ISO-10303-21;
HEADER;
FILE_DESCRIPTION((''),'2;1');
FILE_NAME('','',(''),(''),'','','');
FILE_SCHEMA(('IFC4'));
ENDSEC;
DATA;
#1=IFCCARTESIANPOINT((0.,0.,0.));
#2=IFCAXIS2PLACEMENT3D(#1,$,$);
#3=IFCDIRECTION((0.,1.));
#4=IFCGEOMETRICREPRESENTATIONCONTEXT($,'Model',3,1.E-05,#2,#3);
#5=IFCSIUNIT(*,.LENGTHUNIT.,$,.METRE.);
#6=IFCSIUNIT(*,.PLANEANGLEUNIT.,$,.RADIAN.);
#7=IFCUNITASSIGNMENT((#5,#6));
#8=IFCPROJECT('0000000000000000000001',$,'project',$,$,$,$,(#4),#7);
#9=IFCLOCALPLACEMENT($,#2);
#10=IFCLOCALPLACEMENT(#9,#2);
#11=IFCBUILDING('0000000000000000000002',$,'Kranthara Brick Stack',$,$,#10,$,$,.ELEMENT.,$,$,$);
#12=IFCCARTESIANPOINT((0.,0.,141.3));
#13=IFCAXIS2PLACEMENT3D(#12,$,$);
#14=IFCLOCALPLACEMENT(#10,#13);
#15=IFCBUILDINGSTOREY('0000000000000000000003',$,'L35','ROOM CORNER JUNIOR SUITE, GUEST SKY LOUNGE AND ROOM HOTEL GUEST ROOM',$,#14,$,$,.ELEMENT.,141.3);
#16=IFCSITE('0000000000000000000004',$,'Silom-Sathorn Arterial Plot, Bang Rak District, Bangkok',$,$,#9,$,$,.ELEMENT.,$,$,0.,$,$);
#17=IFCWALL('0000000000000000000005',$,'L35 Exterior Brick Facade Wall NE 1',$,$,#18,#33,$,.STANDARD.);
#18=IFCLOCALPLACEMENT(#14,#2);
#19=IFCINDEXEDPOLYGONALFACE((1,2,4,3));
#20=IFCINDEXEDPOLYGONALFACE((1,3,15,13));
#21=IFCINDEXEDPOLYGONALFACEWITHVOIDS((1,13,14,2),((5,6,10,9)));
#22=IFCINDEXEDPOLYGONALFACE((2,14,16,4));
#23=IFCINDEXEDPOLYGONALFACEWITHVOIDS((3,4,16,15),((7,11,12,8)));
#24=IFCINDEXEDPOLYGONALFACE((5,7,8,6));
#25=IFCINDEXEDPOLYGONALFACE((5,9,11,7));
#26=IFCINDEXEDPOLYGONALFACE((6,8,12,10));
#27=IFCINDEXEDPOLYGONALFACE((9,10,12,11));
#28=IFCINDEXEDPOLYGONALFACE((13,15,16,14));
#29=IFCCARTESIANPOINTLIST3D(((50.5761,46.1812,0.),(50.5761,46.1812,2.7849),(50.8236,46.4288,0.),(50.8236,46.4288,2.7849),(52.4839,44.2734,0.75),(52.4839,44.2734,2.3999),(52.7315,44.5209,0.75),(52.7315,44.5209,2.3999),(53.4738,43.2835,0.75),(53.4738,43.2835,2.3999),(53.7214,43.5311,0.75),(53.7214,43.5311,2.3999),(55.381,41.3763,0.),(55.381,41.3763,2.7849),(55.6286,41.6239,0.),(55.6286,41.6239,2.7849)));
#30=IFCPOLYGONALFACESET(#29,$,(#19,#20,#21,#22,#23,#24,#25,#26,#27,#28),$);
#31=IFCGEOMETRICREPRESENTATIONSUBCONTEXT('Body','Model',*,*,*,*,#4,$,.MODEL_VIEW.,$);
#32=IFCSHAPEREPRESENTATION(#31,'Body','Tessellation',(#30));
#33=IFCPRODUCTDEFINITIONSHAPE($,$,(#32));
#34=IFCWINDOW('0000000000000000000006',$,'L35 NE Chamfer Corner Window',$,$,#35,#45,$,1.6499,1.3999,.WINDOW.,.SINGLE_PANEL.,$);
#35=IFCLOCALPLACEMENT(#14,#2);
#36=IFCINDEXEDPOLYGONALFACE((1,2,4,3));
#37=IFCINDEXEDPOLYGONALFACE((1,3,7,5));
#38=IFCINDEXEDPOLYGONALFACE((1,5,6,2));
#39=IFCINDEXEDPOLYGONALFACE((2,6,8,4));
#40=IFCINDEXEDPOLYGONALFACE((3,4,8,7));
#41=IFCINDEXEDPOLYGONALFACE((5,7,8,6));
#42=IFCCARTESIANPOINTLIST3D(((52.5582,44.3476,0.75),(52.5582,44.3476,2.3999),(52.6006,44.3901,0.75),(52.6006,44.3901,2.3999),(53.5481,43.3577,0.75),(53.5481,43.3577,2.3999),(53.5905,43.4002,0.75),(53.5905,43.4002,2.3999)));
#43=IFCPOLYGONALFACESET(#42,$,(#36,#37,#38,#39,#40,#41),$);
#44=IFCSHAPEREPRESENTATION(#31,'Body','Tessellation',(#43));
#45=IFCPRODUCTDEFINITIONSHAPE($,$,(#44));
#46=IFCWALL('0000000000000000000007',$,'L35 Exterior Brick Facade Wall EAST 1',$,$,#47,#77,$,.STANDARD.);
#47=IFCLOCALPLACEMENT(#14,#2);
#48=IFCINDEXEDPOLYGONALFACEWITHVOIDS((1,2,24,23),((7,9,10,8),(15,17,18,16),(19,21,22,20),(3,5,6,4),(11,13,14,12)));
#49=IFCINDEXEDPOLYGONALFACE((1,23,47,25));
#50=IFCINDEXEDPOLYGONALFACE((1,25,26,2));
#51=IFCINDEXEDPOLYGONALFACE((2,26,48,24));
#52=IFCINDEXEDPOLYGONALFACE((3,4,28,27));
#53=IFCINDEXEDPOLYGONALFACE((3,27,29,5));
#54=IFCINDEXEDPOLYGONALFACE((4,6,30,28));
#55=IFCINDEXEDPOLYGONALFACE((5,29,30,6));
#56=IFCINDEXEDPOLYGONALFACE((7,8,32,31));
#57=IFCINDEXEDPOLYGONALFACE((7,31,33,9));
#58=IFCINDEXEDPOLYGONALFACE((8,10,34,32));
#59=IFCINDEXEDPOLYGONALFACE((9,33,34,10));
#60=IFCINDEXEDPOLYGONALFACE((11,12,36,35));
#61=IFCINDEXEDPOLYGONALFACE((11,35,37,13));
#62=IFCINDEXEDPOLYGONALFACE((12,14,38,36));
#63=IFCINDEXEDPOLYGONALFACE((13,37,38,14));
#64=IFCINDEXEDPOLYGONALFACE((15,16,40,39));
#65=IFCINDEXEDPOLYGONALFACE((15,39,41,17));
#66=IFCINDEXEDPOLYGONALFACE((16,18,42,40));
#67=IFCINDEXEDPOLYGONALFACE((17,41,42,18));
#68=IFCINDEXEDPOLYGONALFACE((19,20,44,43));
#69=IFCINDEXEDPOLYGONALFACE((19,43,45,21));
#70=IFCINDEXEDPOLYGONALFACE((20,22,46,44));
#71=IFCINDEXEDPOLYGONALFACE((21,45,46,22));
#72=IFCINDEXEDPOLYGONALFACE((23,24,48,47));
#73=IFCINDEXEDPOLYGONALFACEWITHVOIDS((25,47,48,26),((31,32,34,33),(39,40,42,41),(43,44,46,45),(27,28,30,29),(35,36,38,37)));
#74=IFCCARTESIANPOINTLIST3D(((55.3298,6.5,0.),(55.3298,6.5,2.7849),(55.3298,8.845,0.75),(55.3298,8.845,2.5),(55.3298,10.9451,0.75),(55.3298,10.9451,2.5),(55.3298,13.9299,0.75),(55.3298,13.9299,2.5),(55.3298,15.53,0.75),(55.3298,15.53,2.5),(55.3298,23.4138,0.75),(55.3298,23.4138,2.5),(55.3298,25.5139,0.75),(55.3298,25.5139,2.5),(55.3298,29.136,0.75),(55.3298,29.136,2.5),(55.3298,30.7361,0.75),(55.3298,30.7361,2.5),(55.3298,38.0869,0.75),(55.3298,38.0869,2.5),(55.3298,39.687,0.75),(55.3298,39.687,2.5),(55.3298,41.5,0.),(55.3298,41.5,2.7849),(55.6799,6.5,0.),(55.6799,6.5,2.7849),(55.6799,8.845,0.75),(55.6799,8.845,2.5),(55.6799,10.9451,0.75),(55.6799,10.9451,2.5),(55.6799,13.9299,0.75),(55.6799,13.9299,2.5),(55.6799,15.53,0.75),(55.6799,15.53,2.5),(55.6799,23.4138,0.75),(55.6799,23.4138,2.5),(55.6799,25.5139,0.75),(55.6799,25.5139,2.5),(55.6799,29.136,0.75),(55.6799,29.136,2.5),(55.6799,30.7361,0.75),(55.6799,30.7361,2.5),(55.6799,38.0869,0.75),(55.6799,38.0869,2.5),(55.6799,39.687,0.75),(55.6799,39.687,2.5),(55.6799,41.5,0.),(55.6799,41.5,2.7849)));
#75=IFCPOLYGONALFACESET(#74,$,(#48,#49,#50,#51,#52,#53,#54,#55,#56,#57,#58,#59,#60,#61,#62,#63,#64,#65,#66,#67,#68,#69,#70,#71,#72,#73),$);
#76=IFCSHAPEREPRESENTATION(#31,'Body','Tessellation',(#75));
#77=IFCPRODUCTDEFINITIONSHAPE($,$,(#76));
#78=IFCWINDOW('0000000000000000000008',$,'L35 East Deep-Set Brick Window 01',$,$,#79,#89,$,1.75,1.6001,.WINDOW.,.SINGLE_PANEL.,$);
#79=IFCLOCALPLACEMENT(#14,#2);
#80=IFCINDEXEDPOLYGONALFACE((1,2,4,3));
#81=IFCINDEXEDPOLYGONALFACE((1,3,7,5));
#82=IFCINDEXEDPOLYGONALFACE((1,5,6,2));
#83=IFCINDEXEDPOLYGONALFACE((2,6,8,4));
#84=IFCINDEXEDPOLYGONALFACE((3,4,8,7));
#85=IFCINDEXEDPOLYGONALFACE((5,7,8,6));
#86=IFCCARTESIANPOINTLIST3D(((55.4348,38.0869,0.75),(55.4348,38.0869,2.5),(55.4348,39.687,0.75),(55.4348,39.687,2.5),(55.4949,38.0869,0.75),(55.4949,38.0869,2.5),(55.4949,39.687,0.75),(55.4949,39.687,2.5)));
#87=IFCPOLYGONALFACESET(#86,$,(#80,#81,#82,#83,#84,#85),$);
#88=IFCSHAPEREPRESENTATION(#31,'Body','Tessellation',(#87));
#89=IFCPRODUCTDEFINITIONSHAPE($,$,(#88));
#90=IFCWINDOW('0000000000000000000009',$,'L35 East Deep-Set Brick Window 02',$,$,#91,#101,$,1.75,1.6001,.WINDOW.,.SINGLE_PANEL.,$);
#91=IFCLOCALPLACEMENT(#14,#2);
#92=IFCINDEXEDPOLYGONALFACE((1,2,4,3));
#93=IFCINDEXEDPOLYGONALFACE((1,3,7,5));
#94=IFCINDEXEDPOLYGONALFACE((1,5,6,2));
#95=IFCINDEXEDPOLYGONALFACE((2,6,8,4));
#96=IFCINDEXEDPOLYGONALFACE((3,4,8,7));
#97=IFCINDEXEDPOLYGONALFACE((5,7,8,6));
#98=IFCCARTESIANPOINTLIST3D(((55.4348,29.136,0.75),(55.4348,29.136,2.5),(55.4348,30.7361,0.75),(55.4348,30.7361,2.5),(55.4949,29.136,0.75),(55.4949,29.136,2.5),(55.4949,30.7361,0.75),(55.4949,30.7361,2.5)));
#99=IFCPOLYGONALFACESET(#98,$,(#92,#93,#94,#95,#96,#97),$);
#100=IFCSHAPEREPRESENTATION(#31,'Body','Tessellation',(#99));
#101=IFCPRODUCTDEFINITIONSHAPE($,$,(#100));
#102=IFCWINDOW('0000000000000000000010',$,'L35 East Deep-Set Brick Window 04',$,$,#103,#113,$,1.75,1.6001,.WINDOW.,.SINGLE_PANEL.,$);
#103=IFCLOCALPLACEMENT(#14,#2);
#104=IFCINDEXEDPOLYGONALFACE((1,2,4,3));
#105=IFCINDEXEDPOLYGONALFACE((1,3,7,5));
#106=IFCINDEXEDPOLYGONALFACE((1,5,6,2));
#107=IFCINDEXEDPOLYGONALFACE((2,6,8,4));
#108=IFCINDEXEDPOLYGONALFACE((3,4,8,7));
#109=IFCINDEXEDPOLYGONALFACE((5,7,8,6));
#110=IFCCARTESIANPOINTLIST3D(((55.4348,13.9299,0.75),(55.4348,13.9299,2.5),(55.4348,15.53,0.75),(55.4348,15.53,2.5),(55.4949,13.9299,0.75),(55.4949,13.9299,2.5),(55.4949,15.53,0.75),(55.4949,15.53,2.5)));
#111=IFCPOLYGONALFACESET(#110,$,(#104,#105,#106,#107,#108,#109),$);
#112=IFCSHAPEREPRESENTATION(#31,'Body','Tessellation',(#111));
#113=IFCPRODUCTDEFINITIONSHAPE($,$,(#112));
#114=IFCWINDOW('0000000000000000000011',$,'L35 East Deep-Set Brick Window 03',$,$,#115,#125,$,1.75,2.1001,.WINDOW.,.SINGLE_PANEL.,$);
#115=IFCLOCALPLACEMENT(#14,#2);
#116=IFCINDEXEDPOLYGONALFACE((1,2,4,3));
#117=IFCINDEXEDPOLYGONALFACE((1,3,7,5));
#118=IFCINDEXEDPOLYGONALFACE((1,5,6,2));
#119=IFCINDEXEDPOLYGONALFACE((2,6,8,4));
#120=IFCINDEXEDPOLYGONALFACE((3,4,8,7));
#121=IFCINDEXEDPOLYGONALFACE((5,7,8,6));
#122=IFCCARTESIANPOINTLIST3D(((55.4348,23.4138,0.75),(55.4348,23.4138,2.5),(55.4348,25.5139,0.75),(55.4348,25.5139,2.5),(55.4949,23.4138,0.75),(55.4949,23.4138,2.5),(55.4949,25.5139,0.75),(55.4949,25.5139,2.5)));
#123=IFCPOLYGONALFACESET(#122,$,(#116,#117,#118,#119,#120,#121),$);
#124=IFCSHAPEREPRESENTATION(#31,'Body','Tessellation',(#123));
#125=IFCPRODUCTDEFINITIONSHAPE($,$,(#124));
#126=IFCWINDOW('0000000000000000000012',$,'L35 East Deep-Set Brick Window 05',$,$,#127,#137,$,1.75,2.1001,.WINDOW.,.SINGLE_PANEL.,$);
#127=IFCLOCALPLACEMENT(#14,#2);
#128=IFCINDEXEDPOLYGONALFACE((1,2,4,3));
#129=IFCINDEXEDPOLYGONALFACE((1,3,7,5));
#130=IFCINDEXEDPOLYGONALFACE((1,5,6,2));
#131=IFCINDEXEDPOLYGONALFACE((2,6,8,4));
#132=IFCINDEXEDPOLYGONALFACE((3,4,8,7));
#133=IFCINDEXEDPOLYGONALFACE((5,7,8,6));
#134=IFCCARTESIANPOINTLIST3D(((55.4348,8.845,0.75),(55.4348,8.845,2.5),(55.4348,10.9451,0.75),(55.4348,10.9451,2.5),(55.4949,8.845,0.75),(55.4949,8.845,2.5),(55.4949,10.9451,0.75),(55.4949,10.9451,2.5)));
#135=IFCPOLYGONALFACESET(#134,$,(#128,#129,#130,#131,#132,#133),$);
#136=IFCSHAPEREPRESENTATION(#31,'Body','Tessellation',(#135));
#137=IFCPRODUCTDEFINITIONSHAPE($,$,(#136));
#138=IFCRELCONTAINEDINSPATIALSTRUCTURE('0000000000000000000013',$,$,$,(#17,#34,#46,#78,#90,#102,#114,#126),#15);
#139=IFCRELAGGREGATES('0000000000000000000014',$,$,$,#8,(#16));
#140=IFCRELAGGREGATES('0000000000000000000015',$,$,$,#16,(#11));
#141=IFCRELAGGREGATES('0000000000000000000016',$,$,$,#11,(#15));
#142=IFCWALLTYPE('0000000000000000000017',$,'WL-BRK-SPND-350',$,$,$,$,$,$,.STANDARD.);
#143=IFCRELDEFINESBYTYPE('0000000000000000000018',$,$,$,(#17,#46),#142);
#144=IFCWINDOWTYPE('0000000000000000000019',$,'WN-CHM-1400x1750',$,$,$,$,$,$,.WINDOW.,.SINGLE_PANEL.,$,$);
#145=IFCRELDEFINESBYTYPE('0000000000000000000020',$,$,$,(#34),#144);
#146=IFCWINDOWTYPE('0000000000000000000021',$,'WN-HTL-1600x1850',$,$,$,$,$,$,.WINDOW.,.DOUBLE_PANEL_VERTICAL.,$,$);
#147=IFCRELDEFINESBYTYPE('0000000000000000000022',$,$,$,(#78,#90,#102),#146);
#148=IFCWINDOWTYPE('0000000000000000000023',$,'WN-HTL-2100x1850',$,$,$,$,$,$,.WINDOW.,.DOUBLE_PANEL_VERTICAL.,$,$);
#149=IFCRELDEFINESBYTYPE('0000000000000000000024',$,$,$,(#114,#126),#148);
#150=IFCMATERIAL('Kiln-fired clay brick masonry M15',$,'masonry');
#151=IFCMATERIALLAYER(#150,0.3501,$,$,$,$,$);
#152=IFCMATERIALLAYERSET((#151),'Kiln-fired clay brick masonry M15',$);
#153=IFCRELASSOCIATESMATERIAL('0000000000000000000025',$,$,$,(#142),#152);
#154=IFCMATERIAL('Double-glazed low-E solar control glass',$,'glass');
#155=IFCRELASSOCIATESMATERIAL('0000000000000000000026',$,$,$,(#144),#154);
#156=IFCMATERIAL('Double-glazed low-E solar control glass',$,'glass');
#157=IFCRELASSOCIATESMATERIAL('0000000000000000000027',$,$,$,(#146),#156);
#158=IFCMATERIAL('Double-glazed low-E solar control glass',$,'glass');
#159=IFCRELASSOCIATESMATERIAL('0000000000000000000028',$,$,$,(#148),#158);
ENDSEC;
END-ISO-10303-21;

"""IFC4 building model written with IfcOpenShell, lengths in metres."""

from ifc_helpers import new_model, si_unit, direction, frame, frame_2d, origin, place, context, subcontext, project, spatial, rectangle, extrude, material, layer, layer_set, type_object, element, fill, save


model = new_model("IFC4")

# Units and contexts
model_context = context("Model", 3, precision=1e-05, world=origin(), true_north=direction((0.0, 1.0)))
body_context = subcontext(model_context, "Body", "Model", "MODEL_VIEW")
ifc_project = project(units=[si_unit("LENGTHUNIT", "METRE"), si_unit("PLANEANGLEUNIT", "RADIAN")], contexts=[model_context])

# Site, building, storey
site_placement = place(None, origin())
site = spatial("IfcSite", under=ifc_project, at=site_placement, Name="Silom-Sathorn Arterial Plot, Bang Rak District, Bangkok", CompositionType="ELEMENT", RefElevation=0.0)
building_placement = place(site_placement, origin())
building = spatial("IfcBuilding", under=site, at=building_placement, Name="Kranthara Brick Stack", CompositionType="ELEMENT")
storey_placement = place(building_placement, frame((0.0, 0.0, 141.3)))
storey = spatial("IfcBuildingStorey", under=building, at=storey_placement, Name="L35", Description="ROOM CORNER JUNIOR SUITE, GUEST SKY LOUNGE AND ROOM HOTEL GUEST ROOM", CompositionType="ELEMENT", Elevation=141.3)

# Wall, opening, window
ifc_material_1 = material(Name="Kiln-fired clay brick masonry M15", Category="masonry")
ifc_layer_1 = layer(ifc_material_1, 0.3501)
ifc_layer_set_1 = layer_set([ifc_layer_1], Name="Kiln-fired clay brick masonry M15")
wall_type_1 = type_object("IfcWallType", Name="WL-BRK-SPND-350", PredefinedType="STANDARD", material=ifc_layer_set_1)
wall_1_placement = place(storey_placement, frame((50.7, 46.3049, 0.0), z_axis=(0.0, 0.0, 1.0), x_axis=(0.707107, -0.707107, 0.0)))
wall_1 = element("IfcWall", 1, at=wall_1_placement, inside=storey, type_object=wall_type_1, Name="L35 Exterior Brick Facade Wall NE 1", PredefinedType="STANDARD", context=body_context, shape_type="SweptSolid", body=[
    extrude(rectangle(XDim=6.7952, YDim=0.3501, at=frame_2d((3.3975, 0.0))), origin(), (0.0, 0.0, 1.0), 2.7849),
])
opening_1_placement = place(wall_1_placement, frame((2.698, 0.0, 0.75)))
opening_1 = element("IfcOpeningElement", 2, at=opening_1_placement, cuts=wall_1, PredefinedType="OPENING", context=body_context, shape_type="SweptSolid", body=[
    extrude(rectangle(XDim=1.3999, YDim=1.6499, at=frame_2d((0.7, 0.825))), frame((0.0, 0.1851, 0.0), z_axis=(0.0, -1.0, 0.0), x_axis=(1.0, 0.0, 0.0)), (0.0, 0.0, 1.0), 0.3701),
])
ifc_material_2 = material(Name="Double-glazed low-E solar control glass", Category="glass")
window_type_1 = type_object("IfcWindowType", Name="WN-CHM-1400x1750", PartitioningType="SINGLE_PANEL", PredefinedType="WINDOW", material=ifc_material_2)
window_1_placement = place(opening_1_placement, origin())
window_1 = element("IfcWindow", 3, at=window_1_placement, inside=storey, type_object=window_type_1, Name="L35 NE Chamfer Corner Window", OverallHeight=1.6499, OverallWidth=1.3999, PartitioningType="SINGLE_PANEL", PredefinedType="WINDOW", context=body_context, shape_type="SweptSolid", body=[
    extrude(rectangle(XDim=1.3999, YDim=1.6499, at=frame_2d((0.7, 0.825))), frame((0.0, -0.01, 0.0), z_axis=(0.0, -1.0, 0.0), x_axis=(1.0, 0.0, 0.0)), (0.0, 0.0, 1.0), 0.0601),
])
fill(opening_1, window_1)

# Wall, openings, windows
wall_2_placement = place(storey_placement, frame((55.5049, 41.5, 0.0), z_axis=(0.0, 0.0, 1.0), x_axis=(0.0, -1.0, 0.0)))
wall_2 = element("IfcWall", 4, at=wall_2_placement, inside=storey, type_object=wall_type_1, Name="L35 Exterior Brick Facade Wall EAST 1", PredefinedType="STANDARD", context=body_context, shape_type="SweptSolid", body=[
    extrude(rectangle(XDim=35.0, YDim=0.3501, at=frame_2d((17.5, 0.0))), origin(), (0.0, 0.0, 1.0), 2.7849),
])
opening_2_placement = place(wall_2_placement, frame((1.813, 0.0, 0.75)))
opening_2 = element("IfcOpeningElement", 5, at=opening_2_placement, cuts=wall_2, PredefinedType="OPENING", context=body_context, shape_type="SweptSolid", body=[
    extrude(rectangle(XDim=1.6001, YDim=1.75, at=frame_2d((0.8, 0.875))), frame((0.0, 0.1851, 0.0), z_axis=(0.0, -1.0, 0.0), x_axis=(1.0, 0.0, 0.0)), (0.0, 0.0, 1.0), 0.3701),
])
opening_3_placement = place(wall_2_placement, frame((10.7639, 0.0, 0.75)))
opening_3 = element("IfcOpeningElement", 6, at=opening_3_placement, cuts=wall_2, PredefinedType="OPENING", context=body_context, shape_type="SweptSolid", body=[
    extrude(rectangle(XDim=1.6001, YDim=1.75, at=frame_2d((0.8, 0.875))), frame((0.0, 0.1851, 0.0), z_axis=(0.0, -1.0, 0.0), x_axis=(1.0, 0.0, 0.0)), (0.0, 0.0, 1.0), 0.3701),
])
opening_4_placement = place(wall_2_placement, frame((15.9861, 0.0, 0.75)))
opening_4 = element("IfcOpeningElement", 7, at=opening_4_placement, cuts=wall_2, PredefinedType="OPENING", context=body_context, shape_type="SweptSolid", body=[
    extrude(rectangle(XDim=2.1001, YDim=1.75, at=frame_2d((1.05, 0.875))), frame((0.0, 0.1851, 0.0), z_axis=(0.0, -1.0, 0.0), x_axis=(1.0, 0.0, 0.0)), (0.0, 0.0, 1.0), 0.3701),
])
opening_5_placement = place(wall_2_placement, frame((25.97, 0.0, 0.75)))
opening_5 = element("IfcOpeningElement", 8, at=opening_5_placement, cuts=wall_2, PredefinedType="OPENING", context=body_context, shape_type="SweptSolid", body=[
    extrude(rectangle(XDim=1.6001, YDim=1.75, at=frame_2d((0.8, 0.875))), frame((0.0, 0.1851, 0.0), z_axis=(0.0, -1.0, 0.0), x_axis=(1.0, 0.0, 0.0)), (0.0, 0.0, 1.0), 0.3701),
])
opening_6_placement = place(wall_2_placement, frame((30.5549, 0.0, 0.75)))
opening_6 = element("IfcOpeningElement", 9, at=opening_6_placement, cuts=wall_2, PredefinedType="OPENING", context=body_context, shape_type="SweptSolid", body=[
    extrude(rectangle(XDim=2.1001, YDim=1.75, at=frame_2d((1.05, 0.875))), frame((0.0, 0.1851, 0.0), z_axis=(0.0, -1.0, 0.0), x_axis=(1.0, 0.0, 0.0)), (0.0, 0.0, 1.0), 0.3701),
])
ifc_material_3 = material(Name="Double-glazed low-E solar control glass", Category="glass")
window_type_2 = type_object("IfcWindowType", Name="WN-HTL-1600x1850", PartitioningType="DOUBLE_PANEL_VERTICAL", PredefinedType="WINDOW", material=ifc_material_3)
window_2_placement = place(opening_2_placement, origin())
window_2 = element("IfcWindow", 10, at=window_2_placement, inside=storey, type_object=window_type_2, Name="L35 East Deep-Set Brick Window 01", OverallHeight=1.75, OverallWidth=1.6001, PartitioningType="SINGLE_PANEL", PredefinedType="WINDOW", context=body_context, shape_type="SweptSolid", body=[
    extrude(rectangle(XDim=1.6001, YDim=1.75, at=frame_2d((0.8, 0.875))), frame((0.0, -0.01, 0.0), z_axis=(0.0, -1.0, 0.0), x_axis=(1.0, 0.0, 0.0)), (0.0, 0.0, 1.0), 0.0601),
])
fill(opening_2, window_2)
window_3_placement = place(opening_3_placement, origin())
window_3 = element("IfcWindow", 11, at=window_3_placement, inside=storey, type_object=window_type_2, Name="L35 East Deep-Set Brick Window 02", OverallHeight=1.75, OverallWidth=1.6001, PartitioningType="SINGLE_PANEL", PredefinedType="WINDOW", context=body_context, shape_type="SweptSolid", body=[
    extrude(rectangle(XDim=1.6001, YDim=1.75, at=frame_2d((0.8, 0.875))), frame((0.0, -0.01, 0.0), z_axis=(0.0, -1.0, 0.0), x_axis=(1.0, 0.0, 0.0)), (0.0, 0.0, 1.0), 0.0601),
])
fill(opening_3, window_3)
window_4_placement = place(opening_5_placement, origin())
window_4 = element("IfcWindow", 12, at=window_4_placement, inside=storey, type_object=window_type_2, Name="L35 East Deep-Set Brick Window 04", OverallHeight=1.75, OverallWidth=1.6001, PartitioningType="SINGLE_PANEL", PredefinedType="WINDOW", context=body_context, shape_type="SweptSolid", body=[
    extrude(rectangle(XDim=1.6001, YDim=1.75, at=frame_2d((0.8, 0.875))), frame((0.0, -0.01, 0.0), z_axis=(0.0, -1.0, 0.0), x_axis=(1.0, 0.0, 0.0)), (0.0, 0.0, 1.0), 0.0601),
])
fill(opening_5, window_4)
ifc_material_4 = material(Name="Double-glazed low-E solar control glass", Category="glass")
window_type_3 = type_object("IfcWindowType", Name="WN-HTL-2100x1850", PartitioningType="DOUBLE_PANEL_VERTICAL", PredefinedType="WINDOW", material=ifc_material_4)
window_5_placement = place(opening_4_placement, origin())
window_5 = element("IfcWindow", 13, at=window_5_placement, inside=storey, type_object=window_type_3, Name="L35 East Deep-Set Brick Window 03", OverallHeight=1.75, OverallWidth=2.1001, PartitioningType="SINGLE_PANEL", PredefinedType="WINDOW", context=body_context, shape_type="SweptSolid", body=[
    extrude(rectangle(XDim=2.1001, YDim=1.75, at=frame_2d((1.05, 0.875))), frame((0.0, -0.01, 0.0), z_axis=(0.0, -1.0, 0.0), x_axis=(1.0, 0.0, 0.0)), (0.0, 0.0, 1.0), 0.0601),
])
fill(opening_4, window_5)
window_6_placement = place(opening_6_placement, origin())
window_6 = element("IfcWindow", 14, at=window_6_placement, inside=storey, type_object=window_type_3, Name="L35 East Deep-Set Brick Window 05", OverallHeight=1.75, OverallWidth=2.1001, PartitioningType="SINGLE_PANEL", PredefinedType="WINDOW", context=body_context, shape_type="SweptSolid", body=[
    extrude(rectangle(XDim=2.1001, YDim=1.75, at=frame_2d((1.05, 0.875))), frame((0.0, -0.01, 0.0), z_axis=(0.0, -1.0, 0.0), x_axis=(1.0, 0.0, 0.0)), (0.0, 0.0, 1.0), 0.0601),
])
fill(opening_6, window_6)

save(model, "model.ifc")
